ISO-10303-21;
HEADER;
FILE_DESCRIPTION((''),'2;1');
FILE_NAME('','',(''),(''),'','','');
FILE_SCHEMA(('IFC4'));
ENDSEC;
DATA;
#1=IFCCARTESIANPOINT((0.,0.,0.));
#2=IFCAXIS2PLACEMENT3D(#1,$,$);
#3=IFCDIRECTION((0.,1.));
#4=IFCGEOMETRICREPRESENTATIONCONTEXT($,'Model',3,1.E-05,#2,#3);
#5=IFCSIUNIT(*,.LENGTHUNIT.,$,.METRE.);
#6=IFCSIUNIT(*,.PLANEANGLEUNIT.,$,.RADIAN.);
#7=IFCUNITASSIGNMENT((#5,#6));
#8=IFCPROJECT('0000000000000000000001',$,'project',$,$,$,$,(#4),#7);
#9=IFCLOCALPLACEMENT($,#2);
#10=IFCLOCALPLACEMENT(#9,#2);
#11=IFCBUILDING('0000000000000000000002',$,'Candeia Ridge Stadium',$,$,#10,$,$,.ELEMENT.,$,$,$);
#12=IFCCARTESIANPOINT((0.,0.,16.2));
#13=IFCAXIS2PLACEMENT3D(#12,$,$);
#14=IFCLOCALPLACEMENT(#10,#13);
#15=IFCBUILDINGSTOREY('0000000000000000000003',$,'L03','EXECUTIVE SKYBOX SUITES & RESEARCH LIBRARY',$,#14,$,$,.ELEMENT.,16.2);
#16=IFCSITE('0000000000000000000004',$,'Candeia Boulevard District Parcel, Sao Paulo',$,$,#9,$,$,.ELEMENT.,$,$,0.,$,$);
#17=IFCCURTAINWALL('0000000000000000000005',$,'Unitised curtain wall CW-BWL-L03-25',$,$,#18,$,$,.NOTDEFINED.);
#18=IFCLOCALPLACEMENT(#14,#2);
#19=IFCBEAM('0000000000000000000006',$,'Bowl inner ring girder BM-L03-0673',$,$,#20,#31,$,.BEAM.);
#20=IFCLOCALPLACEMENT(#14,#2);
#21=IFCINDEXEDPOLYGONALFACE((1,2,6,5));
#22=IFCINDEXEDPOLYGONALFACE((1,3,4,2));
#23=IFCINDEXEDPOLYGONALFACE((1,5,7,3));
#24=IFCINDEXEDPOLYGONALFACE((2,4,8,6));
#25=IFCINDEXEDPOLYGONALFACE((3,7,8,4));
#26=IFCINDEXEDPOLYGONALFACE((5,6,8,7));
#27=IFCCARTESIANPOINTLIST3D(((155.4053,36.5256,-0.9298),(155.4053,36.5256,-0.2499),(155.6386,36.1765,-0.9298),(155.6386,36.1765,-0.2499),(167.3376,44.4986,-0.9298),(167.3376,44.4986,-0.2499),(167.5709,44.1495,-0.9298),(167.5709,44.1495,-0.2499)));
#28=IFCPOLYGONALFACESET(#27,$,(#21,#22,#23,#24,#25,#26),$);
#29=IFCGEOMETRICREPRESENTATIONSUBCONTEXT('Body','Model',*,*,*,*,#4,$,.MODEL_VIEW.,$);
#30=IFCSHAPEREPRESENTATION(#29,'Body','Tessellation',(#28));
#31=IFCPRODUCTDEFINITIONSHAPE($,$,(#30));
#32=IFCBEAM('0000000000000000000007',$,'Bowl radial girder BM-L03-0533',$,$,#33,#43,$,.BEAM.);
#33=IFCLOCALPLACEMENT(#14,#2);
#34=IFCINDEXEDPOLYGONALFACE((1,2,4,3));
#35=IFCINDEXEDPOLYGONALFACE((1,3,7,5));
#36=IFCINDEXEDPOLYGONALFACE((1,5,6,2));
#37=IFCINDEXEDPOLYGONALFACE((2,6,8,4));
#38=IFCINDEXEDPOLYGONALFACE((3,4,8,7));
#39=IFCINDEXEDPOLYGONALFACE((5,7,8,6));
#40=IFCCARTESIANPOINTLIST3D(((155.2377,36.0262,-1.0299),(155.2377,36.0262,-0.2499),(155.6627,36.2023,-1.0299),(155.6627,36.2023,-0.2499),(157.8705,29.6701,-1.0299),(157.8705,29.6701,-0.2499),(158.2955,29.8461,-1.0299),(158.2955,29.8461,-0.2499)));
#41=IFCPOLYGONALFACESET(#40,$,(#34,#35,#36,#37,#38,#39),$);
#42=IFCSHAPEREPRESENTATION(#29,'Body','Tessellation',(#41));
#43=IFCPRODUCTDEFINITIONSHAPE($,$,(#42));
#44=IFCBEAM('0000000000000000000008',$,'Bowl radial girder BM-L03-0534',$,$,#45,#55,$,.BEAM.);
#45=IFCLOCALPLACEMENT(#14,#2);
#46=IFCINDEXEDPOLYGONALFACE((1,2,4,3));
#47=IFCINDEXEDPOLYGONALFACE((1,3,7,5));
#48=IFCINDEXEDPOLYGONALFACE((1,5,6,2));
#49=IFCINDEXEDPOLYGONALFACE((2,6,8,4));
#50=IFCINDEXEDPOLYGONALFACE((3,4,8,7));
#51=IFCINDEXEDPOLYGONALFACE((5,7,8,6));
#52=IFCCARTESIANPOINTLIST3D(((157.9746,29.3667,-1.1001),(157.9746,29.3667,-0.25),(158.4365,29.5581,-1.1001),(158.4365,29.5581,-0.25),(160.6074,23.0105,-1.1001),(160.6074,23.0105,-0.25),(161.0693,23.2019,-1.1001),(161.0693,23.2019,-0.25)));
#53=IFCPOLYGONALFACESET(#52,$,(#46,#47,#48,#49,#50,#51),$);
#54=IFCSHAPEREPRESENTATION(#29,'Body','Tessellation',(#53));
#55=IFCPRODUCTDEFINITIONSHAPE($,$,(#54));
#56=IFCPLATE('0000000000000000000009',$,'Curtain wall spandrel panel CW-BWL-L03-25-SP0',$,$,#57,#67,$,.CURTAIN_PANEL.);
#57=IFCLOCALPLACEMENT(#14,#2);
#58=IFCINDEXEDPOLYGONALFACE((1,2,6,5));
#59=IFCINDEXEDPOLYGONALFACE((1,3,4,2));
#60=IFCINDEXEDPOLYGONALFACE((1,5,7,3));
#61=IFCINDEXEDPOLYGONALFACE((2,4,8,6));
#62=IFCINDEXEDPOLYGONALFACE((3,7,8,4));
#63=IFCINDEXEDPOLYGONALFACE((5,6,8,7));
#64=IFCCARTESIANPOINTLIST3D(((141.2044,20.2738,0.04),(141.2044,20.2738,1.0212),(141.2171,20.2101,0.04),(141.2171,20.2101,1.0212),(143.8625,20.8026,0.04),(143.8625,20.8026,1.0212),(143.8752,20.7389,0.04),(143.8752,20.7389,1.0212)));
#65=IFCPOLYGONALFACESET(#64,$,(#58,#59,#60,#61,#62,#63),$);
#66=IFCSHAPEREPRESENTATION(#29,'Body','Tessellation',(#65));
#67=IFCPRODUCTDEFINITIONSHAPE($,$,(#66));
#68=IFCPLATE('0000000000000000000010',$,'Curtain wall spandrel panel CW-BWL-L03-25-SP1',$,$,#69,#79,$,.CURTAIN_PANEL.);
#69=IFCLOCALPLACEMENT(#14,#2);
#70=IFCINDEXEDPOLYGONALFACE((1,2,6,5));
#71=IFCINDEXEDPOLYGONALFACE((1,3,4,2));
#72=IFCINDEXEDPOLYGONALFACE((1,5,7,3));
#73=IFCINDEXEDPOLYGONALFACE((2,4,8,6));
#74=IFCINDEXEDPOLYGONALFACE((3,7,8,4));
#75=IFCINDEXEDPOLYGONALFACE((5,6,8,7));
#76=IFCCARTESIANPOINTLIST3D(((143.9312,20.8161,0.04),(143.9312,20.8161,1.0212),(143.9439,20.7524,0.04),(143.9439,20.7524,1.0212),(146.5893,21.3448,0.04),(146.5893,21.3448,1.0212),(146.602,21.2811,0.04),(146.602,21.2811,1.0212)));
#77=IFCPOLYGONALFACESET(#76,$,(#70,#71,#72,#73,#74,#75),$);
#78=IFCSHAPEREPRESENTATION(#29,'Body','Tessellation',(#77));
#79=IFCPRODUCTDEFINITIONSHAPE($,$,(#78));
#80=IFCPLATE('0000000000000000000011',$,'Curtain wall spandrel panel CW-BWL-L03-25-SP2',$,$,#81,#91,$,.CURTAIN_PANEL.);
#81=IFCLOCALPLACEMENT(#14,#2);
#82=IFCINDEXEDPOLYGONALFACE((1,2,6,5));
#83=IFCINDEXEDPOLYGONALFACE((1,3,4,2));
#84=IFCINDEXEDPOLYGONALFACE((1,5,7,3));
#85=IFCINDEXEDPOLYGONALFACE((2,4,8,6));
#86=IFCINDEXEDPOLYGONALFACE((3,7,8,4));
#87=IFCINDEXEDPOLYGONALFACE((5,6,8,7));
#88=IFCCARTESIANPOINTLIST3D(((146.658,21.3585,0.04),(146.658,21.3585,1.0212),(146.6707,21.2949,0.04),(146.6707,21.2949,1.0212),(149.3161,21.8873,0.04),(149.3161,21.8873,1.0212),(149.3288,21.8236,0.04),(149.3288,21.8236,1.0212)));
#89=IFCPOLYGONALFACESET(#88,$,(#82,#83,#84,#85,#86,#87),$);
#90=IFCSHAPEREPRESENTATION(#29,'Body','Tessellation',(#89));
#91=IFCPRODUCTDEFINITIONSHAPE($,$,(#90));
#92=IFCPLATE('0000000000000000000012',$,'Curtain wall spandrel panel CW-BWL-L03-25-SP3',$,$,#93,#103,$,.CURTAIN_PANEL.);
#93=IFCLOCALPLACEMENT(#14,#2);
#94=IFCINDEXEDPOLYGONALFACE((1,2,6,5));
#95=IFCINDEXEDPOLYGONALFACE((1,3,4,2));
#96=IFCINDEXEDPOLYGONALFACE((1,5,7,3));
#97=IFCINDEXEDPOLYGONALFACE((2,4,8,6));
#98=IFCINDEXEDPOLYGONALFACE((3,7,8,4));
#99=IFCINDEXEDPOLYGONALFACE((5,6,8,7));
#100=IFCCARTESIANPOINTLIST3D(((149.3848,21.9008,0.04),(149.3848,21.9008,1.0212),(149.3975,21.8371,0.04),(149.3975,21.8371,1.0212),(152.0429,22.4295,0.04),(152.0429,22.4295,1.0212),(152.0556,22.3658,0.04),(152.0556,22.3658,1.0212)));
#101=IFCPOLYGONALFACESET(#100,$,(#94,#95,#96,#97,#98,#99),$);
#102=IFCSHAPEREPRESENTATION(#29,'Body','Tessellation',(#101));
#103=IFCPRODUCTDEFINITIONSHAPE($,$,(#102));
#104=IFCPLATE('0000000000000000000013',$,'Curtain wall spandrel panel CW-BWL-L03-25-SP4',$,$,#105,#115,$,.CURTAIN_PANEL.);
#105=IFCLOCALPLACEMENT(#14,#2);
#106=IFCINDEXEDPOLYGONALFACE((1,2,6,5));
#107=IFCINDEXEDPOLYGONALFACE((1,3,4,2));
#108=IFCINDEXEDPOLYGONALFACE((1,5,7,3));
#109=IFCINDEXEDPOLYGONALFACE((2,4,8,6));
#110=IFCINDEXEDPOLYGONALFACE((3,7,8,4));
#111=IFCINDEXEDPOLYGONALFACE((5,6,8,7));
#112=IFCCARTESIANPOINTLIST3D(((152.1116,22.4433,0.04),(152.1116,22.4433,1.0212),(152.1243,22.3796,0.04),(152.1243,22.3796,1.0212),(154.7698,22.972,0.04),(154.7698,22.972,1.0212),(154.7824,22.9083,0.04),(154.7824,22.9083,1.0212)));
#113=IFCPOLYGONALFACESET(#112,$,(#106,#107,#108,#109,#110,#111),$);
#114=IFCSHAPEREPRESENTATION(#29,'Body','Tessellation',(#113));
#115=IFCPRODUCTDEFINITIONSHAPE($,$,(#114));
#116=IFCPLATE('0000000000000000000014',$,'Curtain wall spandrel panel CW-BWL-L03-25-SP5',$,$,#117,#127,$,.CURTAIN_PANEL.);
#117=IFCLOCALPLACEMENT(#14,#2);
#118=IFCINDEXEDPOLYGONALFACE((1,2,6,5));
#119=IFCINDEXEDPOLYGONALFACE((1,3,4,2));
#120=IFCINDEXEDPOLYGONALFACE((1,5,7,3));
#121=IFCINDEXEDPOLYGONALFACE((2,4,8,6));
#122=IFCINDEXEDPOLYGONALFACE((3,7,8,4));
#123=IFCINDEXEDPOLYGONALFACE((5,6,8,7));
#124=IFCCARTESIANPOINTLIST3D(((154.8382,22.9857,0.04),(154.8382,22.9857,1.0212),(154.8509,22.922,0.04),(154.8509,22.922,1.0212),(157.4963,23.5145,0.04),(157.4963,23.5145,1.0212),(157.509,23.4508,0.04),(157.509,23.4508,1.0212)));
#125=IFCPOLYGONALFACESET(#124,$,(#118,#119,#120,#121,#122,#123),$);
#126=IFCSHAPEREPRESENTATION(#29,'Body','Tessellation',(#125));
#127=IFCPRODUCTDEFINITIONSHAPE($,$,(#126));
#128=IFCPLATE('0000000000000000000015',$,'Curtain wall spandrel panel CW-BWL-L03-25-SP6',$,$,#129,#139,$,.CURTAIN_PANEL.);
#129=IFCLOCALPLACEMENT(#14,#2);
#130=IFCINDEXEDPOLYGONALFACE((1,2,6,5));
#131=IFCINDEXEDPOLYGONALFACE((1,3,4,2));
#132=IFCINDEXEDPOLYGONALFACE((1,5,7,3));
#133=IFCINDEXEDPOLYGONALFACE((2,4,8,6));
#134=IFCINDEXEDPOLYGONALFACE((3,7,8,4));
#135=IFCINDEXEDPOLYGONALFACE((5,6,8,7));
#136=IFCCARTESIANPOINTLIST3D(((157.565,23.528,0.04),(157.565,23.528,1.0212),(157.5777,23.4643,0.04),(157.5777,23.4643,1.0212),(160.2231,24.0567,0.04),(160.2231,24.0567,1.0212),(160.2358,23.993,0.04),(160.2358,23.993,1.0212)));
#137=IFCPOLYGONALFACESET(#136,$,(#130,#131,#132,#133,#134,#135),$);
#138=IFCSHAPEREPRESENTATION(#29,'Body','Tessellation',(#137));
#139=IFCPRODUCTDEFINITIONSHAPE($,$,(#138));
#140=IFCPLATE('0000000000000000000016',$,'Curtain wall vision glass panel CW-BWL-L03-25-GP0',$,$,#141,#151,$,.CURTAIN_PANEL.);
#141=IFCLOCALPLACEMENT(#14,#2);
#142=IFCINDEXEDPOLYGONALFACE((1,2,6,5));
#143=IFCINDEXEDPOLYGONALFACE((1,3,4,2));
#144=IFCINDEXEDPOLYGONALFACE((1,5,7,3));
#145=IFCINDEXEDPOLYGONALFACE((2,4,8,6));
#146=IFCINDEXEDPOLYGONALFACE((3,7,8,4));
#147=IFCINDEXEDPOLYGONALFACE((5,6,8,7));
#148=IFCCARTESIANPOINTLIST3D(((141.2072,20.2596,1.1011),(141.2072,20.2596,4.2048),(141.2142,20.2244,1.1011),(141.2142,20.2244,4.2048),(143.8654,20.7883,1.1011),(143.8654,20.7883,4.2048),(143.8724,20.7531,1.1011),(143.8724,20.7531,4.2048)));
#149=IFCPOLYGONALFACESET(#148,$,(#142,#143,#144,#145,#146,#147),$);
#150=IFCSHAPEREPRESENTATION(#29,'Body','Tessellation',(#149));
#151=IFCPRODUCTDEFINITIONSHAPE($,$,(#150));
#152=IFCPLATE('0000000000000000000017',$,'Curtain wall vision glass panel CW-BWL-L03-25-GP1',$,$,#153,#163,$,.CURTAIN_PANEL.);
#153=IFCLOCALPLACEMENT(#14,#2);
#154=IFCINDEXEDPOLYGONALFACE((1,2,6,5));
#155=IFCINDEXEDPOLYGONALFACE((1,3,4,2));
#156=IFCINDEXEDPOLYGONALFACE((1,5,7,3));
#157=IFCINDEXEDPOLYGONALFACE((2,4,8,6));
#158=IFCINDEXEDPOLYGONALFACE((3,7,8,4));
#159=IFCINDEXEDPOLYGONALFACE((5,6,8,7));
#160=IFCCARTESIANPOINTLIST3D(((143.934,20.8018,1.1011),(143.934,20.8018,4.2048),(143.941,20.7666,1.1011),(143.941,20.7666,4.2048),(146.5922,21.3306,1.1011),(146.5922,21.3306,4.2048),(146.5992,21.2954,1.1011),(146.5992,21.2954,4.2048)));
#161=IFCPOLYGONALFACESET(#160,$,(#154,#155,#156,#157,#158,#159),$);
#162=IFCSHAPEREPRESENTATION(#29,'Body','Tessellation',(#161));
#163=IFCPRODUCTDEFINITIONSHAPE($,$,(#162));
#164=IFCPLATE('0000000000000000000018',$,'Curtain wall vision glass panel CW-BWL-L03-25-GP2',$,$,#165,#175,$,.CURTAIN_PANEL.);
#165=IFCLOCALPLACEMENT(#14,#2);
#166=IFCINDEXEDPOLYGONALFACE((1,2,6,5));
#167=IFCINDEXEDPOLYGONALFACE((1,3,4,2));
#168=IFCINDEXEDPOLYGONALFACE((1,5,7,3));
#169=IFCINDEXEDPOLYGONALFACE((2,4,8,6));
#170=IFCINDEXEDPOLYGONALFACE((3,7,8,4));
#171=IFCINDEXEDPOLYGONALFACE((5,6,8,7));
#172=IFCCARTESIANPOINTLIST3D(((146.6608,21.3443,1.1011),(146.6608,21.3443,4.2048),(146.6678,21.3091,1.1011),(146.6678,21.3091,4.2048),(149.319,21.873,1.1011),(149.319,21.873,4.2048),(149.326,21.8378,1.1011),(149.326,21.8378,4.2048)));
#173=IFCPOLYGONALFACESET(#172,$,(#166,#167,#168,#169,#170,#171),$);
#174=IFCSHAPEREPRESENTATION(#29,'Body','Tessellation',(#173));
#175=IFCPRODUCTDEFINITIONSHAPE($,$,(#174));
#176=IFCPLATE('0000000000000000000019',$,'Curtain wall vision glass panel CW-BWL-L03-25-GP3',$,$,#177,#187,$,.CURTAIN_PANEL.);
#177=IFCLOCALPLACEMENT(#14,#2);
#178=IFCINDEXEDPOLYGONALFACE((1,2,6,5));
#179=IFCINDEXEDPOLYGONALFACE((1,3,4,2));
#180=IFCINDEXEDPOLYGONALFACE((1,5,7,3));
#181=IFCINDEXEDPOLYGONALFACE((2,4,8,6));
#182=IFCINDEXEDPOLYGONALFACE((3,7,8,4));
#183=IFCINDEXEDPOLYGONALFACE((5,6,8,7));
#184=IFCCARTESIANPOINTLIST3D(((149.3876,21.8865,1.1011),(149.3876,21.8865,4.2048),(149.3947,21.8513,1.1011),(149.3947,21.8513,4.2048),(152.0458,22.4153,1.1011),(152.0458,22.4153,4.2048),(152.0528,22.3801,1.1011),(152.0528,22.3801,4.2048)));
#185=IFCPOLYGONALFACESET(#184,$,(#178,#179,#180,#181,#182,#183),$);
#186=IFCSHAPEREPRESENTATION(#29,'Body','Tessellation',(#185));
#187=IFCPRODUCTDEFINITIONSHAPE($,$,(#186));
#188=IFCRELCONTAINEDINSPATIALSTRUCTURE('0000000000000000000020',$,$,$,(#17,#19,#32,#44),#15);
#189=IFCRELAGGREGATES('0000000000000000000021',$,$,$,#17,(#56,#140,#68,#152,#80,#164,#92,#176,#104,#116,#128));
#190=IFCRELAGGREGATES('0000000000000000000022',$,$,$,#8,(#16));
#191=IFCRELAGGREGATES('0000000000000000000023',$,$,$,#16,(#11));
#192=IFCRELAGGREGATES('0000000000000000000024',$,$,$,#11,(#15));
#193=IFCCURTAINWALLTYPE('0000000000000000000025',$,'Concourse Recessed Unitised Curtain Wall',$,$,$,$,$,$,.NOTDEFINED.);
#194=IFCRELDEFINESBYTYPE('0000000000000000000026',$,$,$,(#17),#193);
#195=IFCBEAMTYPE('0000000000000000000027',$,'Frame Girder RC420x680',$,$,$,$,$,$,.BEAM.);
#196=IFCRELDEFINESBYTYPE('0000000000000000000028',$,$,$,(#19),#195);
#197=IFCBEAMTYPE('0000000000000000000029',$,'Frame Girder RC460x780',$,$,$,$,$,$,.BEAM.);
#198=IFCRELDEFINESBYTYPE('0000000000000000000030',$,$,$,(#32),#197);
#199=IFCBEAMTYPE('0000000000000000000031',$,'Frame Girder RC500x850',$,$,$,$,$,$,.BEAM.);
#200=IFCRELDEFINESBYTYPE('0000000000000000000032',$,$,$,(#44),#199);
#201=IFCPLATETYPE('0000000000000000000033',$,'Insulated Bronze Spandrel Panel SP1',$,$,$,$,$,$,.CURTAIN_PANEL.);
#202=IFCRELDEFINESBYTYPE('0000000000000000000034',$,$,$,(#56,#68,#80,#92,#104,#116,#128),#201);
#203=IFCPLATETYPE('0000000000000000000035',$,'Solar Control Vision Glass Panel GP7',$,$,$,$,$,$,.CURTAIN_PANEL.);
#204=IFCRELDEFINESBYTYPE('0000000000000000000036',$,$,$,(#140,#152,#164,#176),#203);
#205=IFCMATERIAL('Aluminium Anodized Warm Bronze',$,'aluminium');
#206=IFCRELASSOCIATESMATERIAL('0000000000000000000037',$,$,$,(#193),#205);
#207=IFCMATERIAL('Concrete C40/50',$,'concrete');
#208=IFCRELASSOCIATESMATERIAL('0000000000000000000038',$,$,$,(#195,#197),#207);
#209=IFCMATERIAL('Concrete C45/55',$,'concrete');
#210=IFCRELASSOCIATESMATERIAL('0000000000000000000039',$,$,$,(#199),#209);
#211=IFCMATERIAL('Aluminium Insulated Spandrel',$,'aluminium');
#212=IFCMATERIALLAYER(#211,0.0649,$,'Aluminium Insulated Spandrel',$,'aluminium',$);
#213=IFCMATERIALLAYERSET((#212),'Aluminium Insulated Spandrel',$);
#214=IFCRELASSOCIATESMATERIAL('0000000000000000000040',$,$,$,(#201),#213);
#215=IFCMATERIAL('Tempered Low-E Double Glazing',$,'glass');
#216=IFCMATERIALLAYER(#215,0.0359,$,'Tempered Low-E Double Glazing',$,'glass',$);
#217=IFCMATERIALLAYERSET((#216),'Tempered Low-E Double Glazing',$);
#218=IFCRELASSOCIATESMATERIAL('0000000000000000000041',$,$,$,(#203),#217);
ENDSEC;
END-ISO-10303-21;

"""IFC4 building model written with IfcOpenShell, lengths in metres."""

from ifc_helpers import new_model, si_unit, direction, frame, origin, origin_2d, place, context, subcontext, project, spatial, rectangle, extrude, material, layer, layer_set, material_profile, profile_set, type_object, element, aggregate, save


model = new_model("IFC4")

# Units and contexts
model_context = context("Model", 3, precision=1e-05, world=origin(), true_north=direction((0.0, 1.0)))
body_context = subcontext(model_context, "Body", "Model", "MODEL_VIEW")
ifc_project = project(units=[si_unit("LENGTHUNIT", "METRE"), si_unit("PLANEANGLEUNIT", "RADIAN")], contexts=[model_context])

# Site, building, storey
site_placement = place(None, origin())
site = spatial("IfcSite", under=ifc_project, at=site_placement, Name="Candeia Boulevard District Parcel, Sao Paulo", CompositionType="ELEMENT", RefElevation=0.0)
building_placement = place(site_placement, origin())
building = spatial("IfcBuilding", under=site, at=building_placement, Name="Candeia Ridge Stadium", CompositionType="ELEMENT")
storey_placement = place(building_placement, frame((0.0, 0.0, 16.2)))
storey = spatial("IfcBuildingStorey", under=building, at=storey_placement, Name="L03", Description="EXECUTIVE SKYBOX SUITES & RESEARCH LIBRARY", CompositionType="ELEMENT", Elevation=16.2)

# Shared definitions
ifc_material_1 = material(Name="Concrete C40/50", Category="concrete")

# Curtain wall
ifc_material_2 = material(Name="Aluminium Anodized Warm Bronze", Category="aluminium")
curtain_wall_type = type_object("IfcCurtainWallType", Name="Concourse Recessed Unitised Curtain Wall", PredefinedType="NOTDEFINED", material=ifc_material_2)
curtain_wall_placement = place(storey_placement, origin())
curtain_wall = element("IfcCurtainWall", 1, at=curtain_wall_placement, inside=storey, type_object=curtain_wall_type, Name="Unitised curtain wall CW-BWL-L03-25", PredefinedType="NOTDEFINED")

# Beams
ifc_material_profile_1 = material_profile(ifc_material_1, rectangle(XDim=0.4199, YDim=0.6799, at=origin_2d()), Name="RC420x680", Category="concrete")
ifc_profile_set_1 = profile_set([ifc_material_profile_1], Name="Concrete C40/50")
beam_type_1 = type_object("IfcBeamType", Name="Frame Girder RC420x680", PredefinedType="BEAM", material=ifc_profile_set_1)
beam_1_placement = place(storey_placement, frame((155.522, 36.3511, -0.5898), z_axis=(0.831466, 0.555575, 0.0), x_axis=(-0.555575, 0.831466, 0.0)))
element("IfcBeam", 2, at=beam_1_placement, inside=storey, type_object=beam_type_1, Name="Bowl inner ring girder BM-L03-0673", PredefinedType="BEAM", context=body_context, shape_type="SweptSolid", body=[
    extrude(rectangle(XDim=0.4199, YDim=0.6799, at=origin_2d()), origin(), (0.0, 0.0, 1.0), 14.3508),
])
ifc_material_profile_2 = material_profile(ifc_material_1, rectangle(XDim=0.46, YDim=0.78, at=origin_2d()), Name="RC460x780", Category="concrete")
ifc_profile_set_2 = profile_set([ifc_material_profile_2], Name="Concrete C40/50")
beam_type_2 = type_object("IfcBeamType", Name="Frame Girder RC460x780", PredefinedType="BEAM", material=ifc_profile_set_2)
beam_2_placement = place(storey_placement, frame((155.4502, 36.1143, -0.6399), z_axis=(0.382682, -0.92388, 0.0), x_axis=(0.92388, 0.382682, 0.0)))
element("IfcBeam", 3, at=beam_2_placement, inside=storey, type_object=beam_type_2, Name="Bowl radial girder BM-L03-0533", PredefinedType="BEAM", context=body_context, shape_type="SweptSolid", body=[
    extrude(rectangle(XDim=0.46, YDim=0.78, at=origin_2d()), origin(), (0.0, 0.0, 1.0), 6.8799),
])
ifc_material_3 = material(Name="Concrete C45/55", Category="concrete")
ifc_material_profile_3 = material_profile(ifc_material_3, rectangle(XDim=0.5, YDim=0.8501, at=origin_2d()), Name="RC500x850", Category="concrete")
ifc_profile_set_3 = profile_set([ifc_material_profile_3], Name="Concrete C45/55")
beam_type_3 = type_object("IfcBeamType", Name="Frame Girder RC500x850", PredefinedType="BEAM", material=ifc_profile_set_3)
beam_3_placement = place(storey_placement, frame((158.2056, 29.4624, -0.675), z_axis=(0.382682, -0.92388, 0.0), x_axis=(0.92388, 0.382682, 0.0)))
element("IfcBeam", 4, at=beam_3_placement, inside=storey, type_object=beam_type_3, Name="Bowl radial girder BM-L03-0534", PredefinedType="BEAM", context=body_context, shape_type="SweptSolid", body=[
    extrude(rectangle(XDim=0.5, YDim=0.8501, at=origin_2d()), origin(), (0.0, 0.0, 1.0), 6.8799),
])

# Plates
ifc_material_4 = material(Name="Aluminium Insulated Spandrel", Category="aluminium")
ifc_layer_1 = layer(ifc_material_4, 0.0649, Name="Aluminium Insulated Spandrel", Category="aluminium")
ifc_layer_set_1 = layer_set([ifc_layer_1], Name="Aluminium Insulated Spandrel")
plate_type_1 = type_object("IfcPlateType", Name="Insulated Bronze Spandrel Panel SP1", PredefinedType="CURTAIN_PANEL", material=ifc_layer_set_1)
plate_1_placement = place(storey_placement, frame((142.5398, 20.5063, 0.04), z_axis=(0.0, 0.0, 1.0), x_axis=(0.980785, 0.19509, 0.0)))
plate_1 = element("IfcPlate", 5, at=plate_1_placement, type_object=plate_type_1, Name="Curtain wall spandrel panel CW-BWL-L03-25-SP0", PredefinedType="CURTAIN_PANEL", context=body_context, shape_type="SweptSolid", body=[
    extrude(rectangle(XDim=2.7102, YDim=0.0649, at=origin_2d()), origin(), (0.0, 0.0, 1.0), 0.9812),
])
plate_2_placement = place(storey_placement, frame((145.2666, 21.0486, 0.04), z_axis=(0.0, 0.0, 1.0), x_axis=(0.980785, 0.19509, 0.0)))
plate_2 = element("IfcPlate", 6, at=plate_2_placement, type_object=plate_type_1, Name="Curtain wall spandrel panel CW-BWL-L03-25-SP1", PredefinedType="CURTAIN_PANEL", context=body_context, shape_type="SweptSolid", body=[
    extrude(rectangle(XDim=2.7102, YDim=0.0649, at=origin_2d()), origin(), (0.0, 0.0, 1.0), 0.9812),
])
plate_3_placement = place(storey_placement, frame((147.9934, 21.5911, 0.04), z_axis=(0.0, 0.0, 1.0), x_axis=(0.980785, 0.19509, 0.0)))
plate_3 = element("IfcPlate", 7, at=plate_3_placement, type_object=plate_type_1, Name="Curtain wall spandrel panel CW-BWL-L03-25-SP2", PredefinedType="CURTAIN_PANEL", context=body_context, shape_type="SweptSolid", body=[
    extrude(rectangle(XDim=2.7102, YDim=0.0649, at=origin_2d()), origin(), (0.0, 0.0, 1.0), 0.9812),
])
plate_4_placement = place(storey_placement, frame((150.7202, 22.1333, 0.04), z_axis=(0.0, 0.0, 1.0), x_axis=(0.980785, 0.19509, 0.0)))
plate_4 = element("IfcPlate", 8, at=plate_4_placement, type_object=plate_type_1, Name="Curtain wall spandrel panel CW-BWL-L03-25-SP3", PredefinedType="CURTAIN_PANEL", context=body_context, shape_type="SweptSolid", body=[
    extrude(rectangle(XDim=2.7102, YDim=0.0649, at=origin_2d()), origin(), (0.0, 0.0, 1.0), 0.9812),
])
plate_5_placement = place(storey_placement, frame((153.447, 22.6758, 0.04), z_axis=(0.0, 0.0, 1.0), x_axis=(0.980785, 0.19509, 0.0)))
plate_5 = element("IfcPlate", 9, at=plate_5_placement, type_object=plate_type_1, Name="Curtain wall spandrel panel CW-BWL-L03-25-SP4", PredefinedType="CURTAIN_PANEL", context=body_context, shape_type="SweptSolid", body=[
    extrude(rectangle(XDim=2.7102, YDim=0.0649, at=origin_2d()), origin(), (0.0, 0.0, 1.0), 0.9812),
])
plate_6_placement = place(storey_placement, frame((156.1736, 23.2183, 0.04), z_axis=(0.0, 0.0, 1.0), x_axis=(0.980785, 0.19509, 0.0)))
plate_6 = element("IfcPlate", 10, at=plate_6_placement, type_object=plate_type_1, Name="Curtain wall spandrel panel CW-BWL-L03-25-SP5", PredefinedType="CURTAIN_PANEL", context=body_context, shape_type="SweptSolid", body=[
    extrude(rectangle(XDim=2.7102, YDim=0.0649, at=origin_2d()), origin(), (0.0, 0.0, 1.0), 0.9812),
])
plate_7_placement = place(storey_placement, frame((158.9004, 23.7605, 0.04), z_axis=(0.0, 0.0, 1.0), x_axis=(0.980785, 0.19509, 0.0)))
plate_7 = element("IfcPlate", 11, at=plate_7_placement, type_object=plate_type_1, Name="Curtain wall spandrel panel CW-BWL-L03-25-SP6", PredefinedType="CURTAIN_PANEL", context=body_context, shape_type="SweptSolid", body=[
    extrude(rectangle(XDim=2.7102, YDim=0.0649, at=origin_2d()), origin(), (0.0, 0.0, 1.0), 0.9812),
])
ifc_material_5 = material(Name="Tempered Low-E Double Glazing", Category="glass")
ifc_layer_2 = layer(ifc_material_5, 0.0359, Name="Tempered Low-E Double Glazing", Category="glass")
ifc_layer_set_2 = layer_set([ifc_layer_2], Name="Tempered Low-E Double Glazing")
plate_type_2 = type_object("IfcPlateType", Name="Solar Control Vision Glass Panel GP7", PredefinedType="CURTAIN_PANEL", material=ifc_layer_set_2)
plate_8_placement = place(storey_placement, frame((142.5398, 20.5063, 1.1011), z_axis=(0.0, 0.0, 1.0), x_axis=(0.980785, 0.19509, 0.0)))
plate_8 = element("IfcPlate", 12, at=plate_8_placement, type_object=plate_type_2, Name="Curtain wall vision glass panel CW-BWL-L03-25-GP0", PredefinedType="CURTAIN_PANEL", context=body_context, shape_type="SweptSolid", body=[
    extrude(rectangle(XDim=2.7102, YDim=0.0359, at=origin_2d()), origin(), (0.0, 0.0, 1.0), 3.1038),
])
plate_9_placement = place(storey_placement, frame((145.2666, 21.0486, 1.1011), z_axis=(0.0, 0.0, 1.0), x_axis=(0.980785, 0.19509, 0.0)))
plate_9 = element("IfcPlate", 13, at=plate_9_placement, type_object=plate_type_2, Name="Curtain wall vision glass panel CW-BWL-L03-25-GP1", PredefinedType="CURTAIN_PANEL", context=body_context, shape_type="SweptSolid", body=[
    extrude(rectangle(XDim=2.7102, YDim=0.0359, at=origin_2d()), origin(), (0.0, 0.0, 1.0), 3.1038),
])
plate_10_placement = place(storey_placement, frame((147.9934, 21.5911, 1.1011), z_axis=(0.0, 0.0, 1.0), x_axis=(0.980785, 0.19509, 0.0)))
plate_10 = element("IfcPlate", 14, at=plate_10_placement, type_object=plate_type_2, Name="Curtain wall vision glass panel CW-BWL-L03-25-GP2", PredefinedType="CURTAIN_PANEL", context=body_context, shape_type="SweptSolid", body=[
    extrude(rectangle(XDim=2.7102, YDim=0.0359, at=origin_2d()), origin(), (0.0, 0.0, 1.0), 3.1038),
])
plate_11_placement = place(storey_placement, frame((150.7202, 22.1333, 1.1011), z_axis=(0.0, 0.0, 1.0), x_axis=(0.980785, 0.19509, 0.0)))
plate_11 = element("IfcPlate", 15, at=plate_11_placement, type_object=plate_type_2, Name="Curtain wall vision glass panel CW-BWL-L03-25-GP3", PredefinedType="CURTAIN_PANEL", context=body_context, shape_type="SweptSolid", body=[
    extrude(rectangle(XDim=2.7102, YDim=0.0359, at=origin_2d()), origin(), (0.0, 0.0, 1.0), 3.1038),
])
aggregate(curtain_wall, [plate_1, plate_8, plate_2, plate_9, plate_3, plate_10, plate_4, plate_11, plate_5, plate_6, plate_7])

save(model, "model.ifc")
